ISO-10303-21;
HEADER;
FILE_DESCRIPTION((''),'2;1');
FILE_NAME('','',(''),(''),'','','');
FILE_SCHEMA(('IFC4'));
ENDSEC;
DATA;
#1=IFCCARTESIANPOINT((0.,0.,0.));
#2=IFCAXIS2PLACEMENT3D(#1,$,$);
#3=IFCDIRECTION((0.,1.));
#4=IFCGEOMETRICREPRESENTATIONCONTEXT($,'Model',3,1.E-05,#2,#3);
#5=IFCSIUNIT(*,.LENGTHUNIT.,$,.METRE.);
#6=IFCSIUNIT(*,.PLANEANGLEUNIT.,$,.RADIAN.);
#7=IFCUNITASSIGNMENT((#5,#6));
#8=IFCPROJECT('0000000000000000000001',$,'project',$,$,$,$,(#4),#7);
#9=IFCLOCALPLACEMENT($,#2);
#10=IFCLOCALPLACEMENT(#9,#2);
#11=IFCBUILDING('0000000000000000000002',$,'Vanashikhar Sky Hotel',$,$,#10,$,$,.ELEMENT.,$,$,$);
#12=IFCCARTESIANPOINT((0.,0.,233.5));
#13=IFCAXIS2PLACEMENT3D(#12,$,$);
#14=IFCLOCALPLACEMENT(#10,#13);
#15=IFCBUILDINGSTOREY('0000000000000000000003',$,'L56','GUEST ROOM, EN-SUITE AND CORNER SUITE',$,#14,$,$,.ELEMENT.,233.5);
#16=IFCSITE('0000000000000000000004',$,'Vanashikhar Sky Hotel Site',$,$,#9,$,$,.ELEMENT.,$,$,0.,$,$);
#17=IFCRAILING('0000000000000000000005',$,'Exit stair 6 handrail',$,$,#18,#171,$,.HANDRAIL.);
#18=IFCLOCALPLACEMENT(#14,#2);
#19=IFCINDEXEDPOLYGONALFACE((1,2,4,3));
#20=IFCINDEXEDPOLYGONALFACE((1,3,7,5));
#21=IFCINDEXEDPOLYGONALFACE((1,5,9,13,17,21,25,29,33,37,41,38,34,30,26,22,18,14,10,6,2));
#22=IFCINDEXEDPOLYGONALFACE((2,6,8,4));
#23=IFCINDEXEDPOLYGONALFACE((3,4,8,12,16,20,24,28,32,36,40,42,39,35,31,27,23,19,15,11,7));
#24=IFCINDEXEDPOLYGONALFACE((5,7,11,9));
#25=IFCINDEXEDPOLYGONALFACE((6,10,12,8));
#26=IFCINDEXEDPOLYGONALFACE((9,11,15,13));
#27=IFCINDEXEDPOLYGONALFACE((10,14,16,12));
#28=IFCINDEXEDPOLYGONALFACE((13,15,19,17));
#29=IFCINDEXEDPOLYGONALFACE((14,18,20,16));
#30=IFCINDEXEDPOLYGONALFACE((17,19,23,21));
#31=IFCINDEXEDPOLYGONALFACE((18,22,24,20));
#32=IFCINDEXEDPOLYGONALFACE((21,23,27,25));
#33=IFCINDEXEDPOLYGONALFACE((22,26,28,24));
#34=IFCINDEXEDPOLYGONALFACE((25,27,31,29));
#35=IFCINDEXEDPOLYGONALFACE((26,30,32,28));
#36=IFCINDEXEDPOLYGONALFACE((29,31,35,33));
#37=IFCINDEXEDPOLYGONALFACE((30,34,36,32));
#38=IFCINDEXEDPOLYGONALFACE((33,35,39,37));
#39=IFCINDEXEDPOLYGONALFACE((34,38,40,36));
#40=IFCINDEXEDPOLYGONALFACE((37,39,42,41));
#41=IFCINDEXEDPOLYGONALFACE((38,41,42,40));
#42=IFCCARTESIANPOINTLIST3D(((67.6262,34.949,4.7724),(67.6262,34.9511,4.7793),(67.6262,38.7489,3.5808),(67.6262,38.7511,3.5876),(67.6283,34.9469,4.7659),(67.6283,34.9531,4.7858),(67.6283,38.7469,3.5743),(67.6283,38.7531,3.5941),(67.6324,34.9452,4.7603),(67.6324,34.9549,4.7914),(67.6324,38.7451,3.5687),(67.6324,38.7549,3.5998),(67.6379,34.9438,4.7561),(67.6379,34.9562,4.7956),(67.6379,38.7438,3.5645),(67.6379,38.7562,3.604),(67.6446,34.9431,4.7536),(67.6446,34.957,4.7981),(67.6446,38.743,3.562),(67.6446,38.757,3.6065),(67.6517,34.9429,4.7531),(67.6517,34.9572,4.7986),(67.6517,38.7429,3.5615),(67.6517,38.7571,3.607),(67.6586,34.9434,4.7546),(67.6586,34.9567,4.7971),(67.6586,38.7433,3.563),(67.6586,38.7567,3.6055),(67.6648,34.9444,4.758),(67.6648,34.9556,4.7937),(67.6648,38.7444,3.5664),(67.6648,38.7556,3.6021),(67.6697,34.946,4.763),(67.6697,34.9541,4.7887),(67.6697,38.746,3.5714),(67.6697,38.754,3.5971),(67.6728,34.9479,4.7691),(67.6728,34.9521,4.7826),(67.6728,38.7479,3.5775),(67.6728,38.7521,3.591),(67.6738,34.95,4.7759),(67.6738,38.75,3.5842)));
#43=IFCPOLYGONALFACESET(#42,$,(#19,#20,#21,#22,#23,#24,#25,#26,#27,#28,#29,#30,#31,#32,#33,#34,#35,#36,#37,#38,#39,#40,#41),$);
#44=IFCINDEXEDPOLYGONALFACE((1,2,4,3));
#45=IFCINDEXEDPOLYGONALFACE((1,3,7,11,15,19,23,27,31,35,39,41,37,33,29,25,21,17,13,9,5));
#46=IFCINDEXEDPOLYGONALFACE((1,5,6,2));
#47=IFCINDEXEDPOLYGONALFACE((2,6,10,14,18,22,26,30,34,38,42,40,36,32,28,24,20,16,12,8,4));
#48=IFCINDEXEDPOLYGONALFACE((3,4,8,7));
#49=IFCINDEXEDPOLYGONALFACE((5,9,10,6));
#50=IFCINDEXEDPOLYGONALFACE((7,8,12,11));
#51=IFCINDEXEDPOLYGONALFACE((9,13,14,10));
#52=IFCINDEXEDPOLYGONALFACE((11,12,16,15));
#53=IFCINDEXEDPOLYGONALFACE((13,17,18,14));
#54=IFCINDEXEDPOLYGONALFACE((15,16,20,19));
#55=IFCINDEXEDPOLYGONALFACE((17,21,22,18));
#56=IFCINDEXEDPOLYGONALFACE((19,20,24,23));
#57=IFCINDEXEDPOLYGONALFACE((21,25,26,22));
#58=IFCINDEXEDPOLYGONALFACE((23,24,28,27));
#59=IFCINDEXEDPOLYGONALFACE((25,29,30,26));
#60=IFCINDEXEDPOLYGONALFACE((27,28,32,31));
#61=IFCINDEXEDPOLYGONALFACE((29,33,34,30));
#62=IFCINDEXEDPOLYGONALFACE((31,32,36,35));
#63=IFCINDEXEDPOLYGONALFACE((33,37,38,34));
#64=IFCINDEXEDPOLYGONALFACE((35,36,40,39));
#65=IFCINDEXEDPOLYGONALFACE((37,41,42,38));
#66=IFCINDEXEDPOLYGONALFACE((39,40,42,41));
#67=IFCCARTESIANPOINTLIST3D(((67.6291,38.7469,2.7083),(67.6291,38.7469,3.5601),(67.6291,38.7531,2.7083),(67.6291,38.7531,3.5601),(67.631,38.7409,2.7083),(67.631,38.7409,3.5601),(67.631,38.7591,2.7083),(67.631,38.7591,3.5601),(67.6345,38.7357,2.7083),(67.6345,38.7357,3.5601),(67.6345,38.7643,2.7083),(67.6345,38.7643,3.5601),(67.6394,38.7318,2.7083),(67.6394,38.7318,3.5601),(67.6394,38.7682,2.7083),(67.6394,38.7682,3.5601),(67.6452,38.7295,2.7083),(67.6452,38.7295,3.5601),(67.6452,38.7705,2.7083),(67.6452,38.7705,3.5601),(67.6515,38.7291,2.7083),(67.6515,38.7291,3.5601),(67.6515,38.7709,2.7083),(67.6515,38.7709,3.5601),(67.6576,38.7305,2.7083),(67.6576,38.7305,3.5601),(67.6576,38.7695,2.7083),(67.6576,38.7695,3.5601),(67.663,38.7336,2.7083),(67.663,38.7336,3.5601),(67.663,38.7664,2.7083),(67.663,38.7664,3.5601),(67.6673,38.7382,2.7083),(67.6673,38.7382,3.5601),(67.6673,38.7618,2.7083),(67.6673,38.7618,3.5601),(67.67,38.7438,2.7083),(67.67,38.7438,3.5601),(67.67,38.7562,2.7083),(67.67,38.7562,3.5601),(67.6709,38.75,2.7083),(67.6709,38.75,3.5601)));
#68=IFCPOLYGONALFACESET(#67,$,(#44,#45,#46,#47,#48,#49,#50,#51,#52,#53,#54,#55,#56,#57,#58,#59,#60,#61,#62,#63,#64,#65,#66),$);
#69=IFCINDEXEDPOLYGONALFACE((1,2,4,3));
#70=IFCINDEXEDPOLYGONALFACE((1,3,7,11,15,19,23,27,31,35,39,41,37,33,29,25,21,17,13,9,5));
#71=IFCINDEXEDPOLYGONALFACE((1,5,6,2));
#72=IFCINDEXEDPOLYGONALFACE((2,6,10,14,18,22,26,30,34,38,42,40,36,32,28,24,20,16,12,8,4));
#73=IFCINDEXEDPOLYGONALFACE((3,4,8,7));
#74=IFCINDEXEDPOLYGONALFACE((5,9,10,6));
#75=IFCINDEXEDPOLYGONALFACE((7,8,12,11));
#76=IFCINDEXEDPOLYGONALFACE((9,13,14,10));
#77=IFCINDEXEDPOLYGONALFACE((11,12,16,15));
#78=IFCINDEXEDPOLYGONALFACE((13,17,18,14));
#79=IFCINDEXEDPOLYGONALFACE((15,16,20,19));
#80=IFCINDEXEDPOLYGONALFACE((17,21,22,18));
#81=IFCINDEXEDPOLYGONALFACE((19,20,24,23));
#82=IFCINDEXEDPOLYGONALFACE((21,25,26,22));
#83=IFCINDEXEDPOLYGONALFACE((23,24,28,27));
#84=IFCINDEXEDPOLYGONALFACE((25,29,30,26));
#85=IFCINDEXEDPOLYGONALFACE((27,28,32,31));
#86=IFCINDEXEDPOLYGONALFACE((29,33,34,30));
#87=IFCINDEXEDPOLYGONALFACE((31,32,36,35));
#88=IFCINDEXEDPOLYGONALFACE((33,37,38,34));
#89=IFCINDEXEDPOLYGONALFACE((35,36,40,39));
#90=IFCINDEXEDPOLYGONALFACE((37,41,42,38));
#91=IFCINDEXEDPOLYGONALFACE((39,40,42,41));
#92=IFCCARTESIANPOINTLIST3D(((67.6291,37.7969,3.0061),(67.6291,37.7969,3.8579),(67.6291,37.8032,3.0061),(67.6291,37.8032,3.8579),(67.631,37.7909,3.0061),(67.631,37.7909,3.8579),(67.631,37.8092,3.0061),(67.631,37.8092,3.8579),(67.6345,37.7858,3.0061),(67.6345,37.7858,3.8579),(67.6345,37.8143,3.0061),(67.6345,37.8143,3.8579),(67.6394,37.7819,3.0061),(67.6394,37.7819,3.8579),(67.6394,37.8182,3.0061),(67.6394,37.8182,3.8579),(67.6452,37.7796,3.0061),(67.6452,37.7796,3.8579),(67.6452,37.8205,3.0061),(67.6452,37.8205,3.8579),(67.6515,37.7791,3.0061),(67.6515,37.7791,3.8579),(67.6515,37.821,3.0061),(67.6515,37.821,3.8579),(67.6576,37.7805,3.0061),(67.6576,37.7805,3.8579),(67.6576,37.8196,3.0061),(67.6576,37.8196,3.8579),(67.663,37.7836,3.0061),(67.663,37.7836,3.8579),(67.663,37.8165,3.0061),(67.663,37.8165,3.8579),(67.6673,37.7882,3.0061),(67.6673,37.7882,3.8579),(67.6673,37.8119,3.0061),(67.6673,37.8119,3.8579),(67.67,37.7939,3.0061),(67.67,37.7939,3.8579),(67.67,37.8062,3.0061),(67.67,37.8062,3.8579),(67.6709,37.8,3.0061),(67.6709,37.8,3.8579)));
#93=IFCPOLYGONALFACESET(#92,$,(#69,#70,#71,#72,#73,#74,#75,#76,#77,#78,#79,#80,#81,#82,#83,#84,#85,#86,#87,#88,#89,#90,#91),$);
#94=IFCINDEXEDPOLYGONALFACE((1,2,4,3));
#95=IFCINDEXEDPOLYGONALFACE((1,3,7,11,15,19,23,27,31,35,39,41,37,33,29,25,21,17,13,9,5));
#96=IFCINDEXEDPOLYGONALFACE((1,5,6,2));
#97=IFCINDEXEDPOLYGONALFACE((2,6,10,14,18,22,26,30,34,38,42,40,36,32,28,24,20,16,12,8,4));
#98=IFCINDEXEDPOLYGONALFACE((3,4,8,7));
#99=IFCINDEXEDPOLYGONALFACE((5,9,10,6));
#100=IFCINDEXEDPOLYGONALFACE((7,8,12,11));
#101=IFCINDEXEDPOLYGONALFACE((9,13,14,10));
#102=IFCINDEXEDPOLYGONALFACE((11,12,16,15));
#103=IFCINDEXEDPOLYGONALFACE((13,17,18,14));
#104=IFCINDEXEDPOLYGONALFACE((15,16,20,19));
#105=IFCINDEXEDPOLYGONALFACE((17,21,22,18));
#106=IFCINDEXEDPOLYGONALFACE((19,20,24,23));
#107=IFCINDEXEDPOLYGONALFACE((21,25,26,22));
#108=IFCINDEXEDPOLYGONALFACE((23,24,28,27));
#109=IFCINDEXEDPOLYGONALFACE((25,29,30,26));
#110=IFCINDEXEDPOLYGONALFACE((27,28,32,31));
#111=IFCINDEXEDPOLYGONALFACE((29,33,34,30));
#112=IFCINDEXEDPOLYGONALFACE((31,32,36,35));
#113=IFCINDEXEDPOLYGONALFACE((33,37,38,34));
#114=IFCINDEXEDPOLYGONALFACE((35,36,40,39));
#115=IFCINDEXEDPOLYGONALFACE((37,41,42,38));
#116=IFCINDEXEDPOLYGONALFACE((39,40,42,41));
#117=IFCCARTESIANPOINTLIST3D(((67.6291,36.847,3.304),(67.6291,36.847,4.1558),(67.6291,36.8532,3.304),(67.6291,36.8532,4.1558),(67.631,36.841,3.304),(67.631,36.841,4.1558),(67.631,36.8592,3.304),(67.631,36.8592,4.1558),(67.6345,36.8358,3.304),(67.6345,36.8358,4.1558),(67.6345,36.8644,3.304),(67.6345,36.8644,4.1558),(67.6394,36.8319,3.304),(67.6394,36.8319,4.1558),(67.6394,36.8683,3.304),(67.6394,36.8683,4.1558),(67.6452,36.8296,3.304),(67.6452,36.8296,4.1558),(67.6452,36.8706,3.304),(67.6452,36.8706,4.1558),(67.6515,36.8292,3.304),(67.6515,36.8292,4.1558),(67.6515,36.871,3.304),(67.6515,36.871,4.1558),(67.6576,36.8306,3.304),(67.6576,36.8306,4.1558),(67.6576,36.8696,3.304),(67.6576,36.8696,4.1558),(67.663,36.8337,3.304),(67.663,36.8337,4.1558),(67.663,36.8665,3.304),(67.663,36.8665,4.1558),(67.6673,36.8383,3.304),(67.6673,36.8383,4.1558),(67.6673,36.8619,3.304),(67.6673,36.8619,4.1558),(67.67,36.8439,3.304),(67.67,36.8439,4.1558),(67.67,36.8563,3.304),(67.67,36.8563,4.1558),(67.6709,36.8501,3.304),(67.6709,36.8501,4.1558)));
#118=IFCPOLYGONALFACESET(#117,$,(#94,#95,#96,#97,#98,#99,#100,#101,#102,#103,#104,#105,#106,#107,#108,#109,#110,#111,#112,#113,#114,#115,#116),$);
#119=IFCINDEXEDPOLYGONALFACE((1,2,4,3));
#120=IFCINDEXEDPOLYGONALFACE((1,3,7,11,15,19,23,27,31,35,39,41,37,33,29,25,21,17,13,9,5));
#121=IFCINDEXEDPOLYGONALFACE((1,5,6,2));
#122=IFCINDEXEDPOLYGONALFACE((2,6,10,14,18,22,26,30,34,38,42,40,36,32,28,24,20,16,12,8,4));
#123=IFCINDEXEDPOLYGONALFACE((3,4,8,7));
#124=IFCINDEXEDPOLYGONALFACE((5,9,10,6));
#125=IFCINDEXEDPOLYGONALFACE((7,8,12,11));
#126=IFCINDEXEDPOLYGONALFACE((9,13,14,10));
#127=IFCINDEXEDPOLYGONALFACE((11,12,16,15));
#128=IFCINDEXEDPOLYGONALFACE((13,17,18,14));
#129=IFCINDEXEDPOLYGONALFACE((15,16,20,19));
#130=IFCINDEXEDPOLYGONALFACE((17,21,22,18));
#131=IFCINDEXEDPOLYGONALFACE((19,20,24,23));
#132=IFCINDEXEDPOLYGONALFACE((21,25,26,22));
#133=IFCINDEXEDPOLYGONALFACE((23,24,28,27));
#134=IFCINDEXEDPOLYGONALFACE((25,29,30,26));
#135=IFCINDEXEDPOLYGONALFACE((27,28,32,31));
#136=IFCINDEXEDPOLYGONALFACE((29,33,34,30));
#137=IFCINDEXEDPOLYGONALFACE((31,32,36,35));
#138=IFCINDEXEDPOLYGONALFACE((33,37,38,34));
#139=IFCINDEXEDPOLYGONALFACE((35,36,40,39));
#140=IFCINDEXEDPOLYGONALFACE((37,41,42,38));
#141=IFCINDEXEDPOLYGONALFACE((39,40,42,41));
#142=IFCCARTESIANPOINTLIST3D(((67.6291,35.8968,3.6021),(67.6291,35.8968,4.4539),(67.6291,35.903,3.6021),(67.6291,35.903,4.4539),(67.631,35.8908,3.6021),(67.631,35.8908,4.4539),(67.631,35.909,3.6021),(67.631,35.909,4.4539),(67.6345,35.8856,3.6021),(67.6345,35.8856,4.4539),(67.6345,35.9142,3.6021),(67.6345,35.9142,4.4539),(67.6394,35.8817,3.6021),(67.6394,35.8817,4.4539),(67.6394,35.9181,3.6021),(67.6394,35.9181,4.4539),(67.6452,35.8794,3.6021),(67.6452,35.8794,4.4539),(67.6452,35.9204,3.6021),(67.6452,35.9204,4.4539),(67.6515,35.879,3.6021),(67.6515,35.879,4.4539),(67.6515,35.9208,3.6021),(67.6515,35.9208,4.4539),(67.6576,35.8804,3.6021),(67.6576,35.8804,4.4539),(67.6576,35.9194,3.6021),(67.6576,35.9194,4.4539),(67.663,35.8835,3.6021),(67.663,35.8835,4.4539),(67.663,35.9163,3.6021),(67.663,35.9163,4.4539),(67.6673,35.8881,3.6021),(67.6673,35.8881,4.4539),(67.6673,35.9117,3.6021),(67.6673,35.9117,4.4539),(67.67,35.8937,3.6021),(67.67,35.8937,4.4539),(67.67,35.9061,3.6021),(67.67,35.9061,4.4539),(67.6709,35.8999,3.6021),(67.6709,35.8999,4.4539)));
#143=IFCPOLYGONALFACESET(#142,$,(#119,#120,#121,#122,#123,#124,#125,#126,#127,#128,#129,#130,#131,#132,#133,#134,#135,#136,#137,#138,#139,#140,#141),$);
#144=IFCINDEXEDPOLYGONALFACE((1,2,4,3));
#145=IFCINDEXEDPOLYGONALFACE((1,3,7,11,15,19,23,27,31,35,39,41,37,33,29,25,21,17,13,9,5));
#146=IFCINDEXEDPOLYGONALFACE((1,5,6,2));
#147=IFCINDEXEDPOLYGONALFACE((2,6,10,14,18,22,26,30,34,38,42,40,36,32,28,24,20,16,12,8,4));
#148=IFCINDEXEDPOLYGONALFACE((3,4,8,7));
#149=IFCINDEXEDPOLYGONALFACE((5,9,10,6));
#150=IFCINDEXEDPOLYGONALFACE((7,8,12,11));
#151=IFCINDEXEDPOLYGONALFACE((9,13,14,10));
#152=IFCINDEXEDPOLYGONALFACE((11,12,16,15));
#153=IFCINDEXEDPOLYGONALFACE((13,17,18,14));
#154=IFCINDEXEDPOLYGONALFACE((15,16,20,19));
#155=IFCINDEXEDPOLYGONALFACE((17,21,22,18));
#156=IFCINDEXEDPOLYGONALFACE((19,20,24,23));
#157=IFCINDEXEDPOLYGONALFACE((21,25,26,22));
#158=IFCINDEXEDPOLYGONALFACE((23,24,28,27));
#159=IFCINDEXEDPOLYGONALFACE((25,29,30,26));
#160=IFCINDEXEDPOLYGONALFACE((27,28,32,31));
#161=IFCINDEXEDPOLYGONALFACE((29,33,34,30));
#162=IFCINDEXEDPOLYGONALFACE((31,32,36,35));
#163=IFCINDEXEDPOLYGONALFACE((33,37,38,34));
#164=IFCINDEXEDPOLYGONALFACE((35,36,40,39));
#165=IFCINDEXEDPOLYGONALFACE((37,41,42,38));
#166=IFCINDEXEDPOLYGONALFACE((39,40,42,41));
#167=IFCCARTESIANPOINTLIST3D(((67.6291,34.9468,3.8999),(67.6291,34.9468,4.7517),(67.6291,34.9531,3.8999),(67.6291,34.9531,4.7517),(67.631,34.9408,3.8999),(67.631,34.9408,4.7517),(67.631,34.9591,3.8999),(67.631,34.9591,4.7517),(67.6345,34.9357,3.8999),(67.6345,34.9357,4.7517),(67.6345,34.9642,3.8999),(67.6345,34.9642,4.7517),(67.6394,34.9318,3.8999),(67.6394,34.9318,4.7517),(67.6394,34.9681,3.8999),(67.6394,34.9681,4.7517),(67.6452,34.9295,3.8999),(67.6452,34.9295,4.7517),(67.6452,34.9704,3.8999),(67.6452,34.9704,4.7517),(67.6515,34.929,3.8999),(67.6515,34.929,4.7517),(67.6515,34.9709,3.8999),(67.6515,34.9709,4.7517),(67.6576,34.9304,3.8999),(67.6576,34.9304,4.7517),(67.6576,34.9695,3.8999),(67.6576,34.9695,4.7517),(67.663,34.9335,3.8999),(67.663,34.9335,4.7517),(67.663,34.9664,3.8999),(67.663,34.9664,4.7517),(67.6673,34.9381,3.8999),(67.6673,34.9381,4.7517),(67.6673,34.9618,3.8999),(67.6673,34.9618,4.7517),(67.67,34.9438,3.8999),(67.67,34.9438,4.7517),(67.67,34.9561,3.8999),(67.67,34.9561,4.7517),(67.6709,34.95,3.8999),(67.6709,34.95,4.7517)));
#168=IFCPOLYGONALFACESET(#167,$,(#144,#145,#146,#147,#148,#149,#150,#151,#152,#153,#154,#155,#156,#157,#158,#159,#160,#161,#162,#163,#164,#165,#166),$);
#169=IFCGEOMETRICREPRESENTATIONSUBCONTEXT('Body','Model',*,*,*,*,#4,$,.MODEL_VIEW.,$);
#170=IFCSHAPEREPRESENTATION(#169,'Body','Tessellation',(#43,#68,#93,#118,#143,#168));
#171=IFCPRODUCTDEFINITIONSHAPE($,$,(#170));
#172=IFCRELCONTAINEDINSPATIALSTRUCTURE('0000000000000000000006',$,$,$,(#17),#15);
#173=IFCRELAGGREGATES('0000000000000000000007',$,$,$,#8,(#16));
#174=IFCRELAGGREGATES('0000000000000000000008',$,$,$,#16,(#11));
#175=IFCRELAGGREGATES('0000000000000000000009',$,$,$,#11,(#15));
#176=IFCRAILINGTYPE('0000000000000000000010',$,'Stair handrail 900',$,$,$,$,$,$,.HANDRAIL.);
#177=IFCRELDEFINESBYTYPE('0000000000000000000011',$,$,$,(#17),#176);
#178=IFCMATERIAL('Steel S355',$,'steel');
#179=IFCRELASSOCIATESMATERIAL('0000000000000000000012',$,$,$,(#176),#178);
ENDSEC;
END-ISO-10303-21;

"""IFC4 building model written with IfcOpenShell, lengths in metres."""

from ifc_helpers import new_model, si_unit, direction, frame, origin, origin_2d, place, context, subcontext, project, spatial, circle, extrude, source, transform, mapped, material, type_object, element, save


model = new_model("IFC4")

# Units and contexts
model_context = context("Model", 3, precision=1e-05, world=origin(), true_north=direction((0.0, 1.0)))
body_context = subcontext(model_context, "Body", "Model", "MODEL_VIEW")
ifc_project = project(units=[si_unit("LENGTHUNIT", "METRE"), si_unit("PLANEANGLEUNIT", "RADIAN")], contexts=[model_context])

# Site, building, storey
site_placement = place(None, origin())
site = spatial("IfcSite", under=ifc_project, at=site_placement, Name="Vanashikhar Sky Hotel Site", CompositionType="ELEMENT", RefElevation=0.0)
building_placement = place(site_placement, origin())
building = spatial("IfcBuilding", under=site, at=building_placement, Name="Vanashikhar Sky Hotel", CompositionType="ELEMENT")
storey_placement = place(building_placement, frame((0.0, 0.0, 233.5)))
storey = spatial("IfcBuildingStorey", under=building, at=storey_placement, Name="L56", Description="GUEST ROOM, EN-SUITE AND CORNER SUITE", CompositionType="ELEMENT", Elevation=233.5)

# Railing
ifc_material_1 = material(Name="Steel S355", Category="steel")
railing_type_1 = type_object("IfcRailingType", Name="Stair handrail 900", PredefinedType="HANDRAIL", material=ifc_material_1)
shared_shape_1 = source(origin(), body_context, "Body", "SweptSolid", [
    extrude(circle(Radius=0.0239, at=origin_2d()), frame((0.0, 0.0, 0.876), z_axis=(0.0, -0.954184, 0.299221), x_axis=(1.0, 0.0, 0.0)), (0.0, 0.0, 1.0), 3.9824),
    extrude(circle(Radius=0.021, at=origin_2d()), origin(), (0.0, 0.0, 1.0), 0.8518),
    extrude(circle(Radius=0.021, at=origin_2d()), frame((0.0, -0.95, 0.2979)), (0.0, 0.0, 1.0), 0.8518),
    extrude(circle(Radius=0.021, at=origin_2d()), frame((0.0, -1.8999, 0.5957)), (0.0, 0.0, 1.0), 0.8518),
    extrude(circle(Radius=0.021, at=origin_2d()), frame((0.0, -2.8501, 0.8938)), (0.0, 0.0, 1.0), 0.8518),
    extrude(circle(Radius=0.021, at=origin_2d()), frame((0.0, -3.8, 1.1917)), (0.0, 0.0, 1.0), 0.8518),
])
for number, where, name in (
    (1, (67.6499, 38.75, 2.7083), "Exit stair 6 handrail"),
):
    element("IfcRailing", number, at=place(storey_placement, frame(where)), inside=storey, type_object=railing_type_1, Name=name, PredefinedType="HANDRAIL", context=body_context, shape_type="MappedRepresentation", body=[
        mapped(shared_shape_1, transform((0.0, 0.0, 0.0), scale=1.0)),
    ])

save(model, "model.ifc")
